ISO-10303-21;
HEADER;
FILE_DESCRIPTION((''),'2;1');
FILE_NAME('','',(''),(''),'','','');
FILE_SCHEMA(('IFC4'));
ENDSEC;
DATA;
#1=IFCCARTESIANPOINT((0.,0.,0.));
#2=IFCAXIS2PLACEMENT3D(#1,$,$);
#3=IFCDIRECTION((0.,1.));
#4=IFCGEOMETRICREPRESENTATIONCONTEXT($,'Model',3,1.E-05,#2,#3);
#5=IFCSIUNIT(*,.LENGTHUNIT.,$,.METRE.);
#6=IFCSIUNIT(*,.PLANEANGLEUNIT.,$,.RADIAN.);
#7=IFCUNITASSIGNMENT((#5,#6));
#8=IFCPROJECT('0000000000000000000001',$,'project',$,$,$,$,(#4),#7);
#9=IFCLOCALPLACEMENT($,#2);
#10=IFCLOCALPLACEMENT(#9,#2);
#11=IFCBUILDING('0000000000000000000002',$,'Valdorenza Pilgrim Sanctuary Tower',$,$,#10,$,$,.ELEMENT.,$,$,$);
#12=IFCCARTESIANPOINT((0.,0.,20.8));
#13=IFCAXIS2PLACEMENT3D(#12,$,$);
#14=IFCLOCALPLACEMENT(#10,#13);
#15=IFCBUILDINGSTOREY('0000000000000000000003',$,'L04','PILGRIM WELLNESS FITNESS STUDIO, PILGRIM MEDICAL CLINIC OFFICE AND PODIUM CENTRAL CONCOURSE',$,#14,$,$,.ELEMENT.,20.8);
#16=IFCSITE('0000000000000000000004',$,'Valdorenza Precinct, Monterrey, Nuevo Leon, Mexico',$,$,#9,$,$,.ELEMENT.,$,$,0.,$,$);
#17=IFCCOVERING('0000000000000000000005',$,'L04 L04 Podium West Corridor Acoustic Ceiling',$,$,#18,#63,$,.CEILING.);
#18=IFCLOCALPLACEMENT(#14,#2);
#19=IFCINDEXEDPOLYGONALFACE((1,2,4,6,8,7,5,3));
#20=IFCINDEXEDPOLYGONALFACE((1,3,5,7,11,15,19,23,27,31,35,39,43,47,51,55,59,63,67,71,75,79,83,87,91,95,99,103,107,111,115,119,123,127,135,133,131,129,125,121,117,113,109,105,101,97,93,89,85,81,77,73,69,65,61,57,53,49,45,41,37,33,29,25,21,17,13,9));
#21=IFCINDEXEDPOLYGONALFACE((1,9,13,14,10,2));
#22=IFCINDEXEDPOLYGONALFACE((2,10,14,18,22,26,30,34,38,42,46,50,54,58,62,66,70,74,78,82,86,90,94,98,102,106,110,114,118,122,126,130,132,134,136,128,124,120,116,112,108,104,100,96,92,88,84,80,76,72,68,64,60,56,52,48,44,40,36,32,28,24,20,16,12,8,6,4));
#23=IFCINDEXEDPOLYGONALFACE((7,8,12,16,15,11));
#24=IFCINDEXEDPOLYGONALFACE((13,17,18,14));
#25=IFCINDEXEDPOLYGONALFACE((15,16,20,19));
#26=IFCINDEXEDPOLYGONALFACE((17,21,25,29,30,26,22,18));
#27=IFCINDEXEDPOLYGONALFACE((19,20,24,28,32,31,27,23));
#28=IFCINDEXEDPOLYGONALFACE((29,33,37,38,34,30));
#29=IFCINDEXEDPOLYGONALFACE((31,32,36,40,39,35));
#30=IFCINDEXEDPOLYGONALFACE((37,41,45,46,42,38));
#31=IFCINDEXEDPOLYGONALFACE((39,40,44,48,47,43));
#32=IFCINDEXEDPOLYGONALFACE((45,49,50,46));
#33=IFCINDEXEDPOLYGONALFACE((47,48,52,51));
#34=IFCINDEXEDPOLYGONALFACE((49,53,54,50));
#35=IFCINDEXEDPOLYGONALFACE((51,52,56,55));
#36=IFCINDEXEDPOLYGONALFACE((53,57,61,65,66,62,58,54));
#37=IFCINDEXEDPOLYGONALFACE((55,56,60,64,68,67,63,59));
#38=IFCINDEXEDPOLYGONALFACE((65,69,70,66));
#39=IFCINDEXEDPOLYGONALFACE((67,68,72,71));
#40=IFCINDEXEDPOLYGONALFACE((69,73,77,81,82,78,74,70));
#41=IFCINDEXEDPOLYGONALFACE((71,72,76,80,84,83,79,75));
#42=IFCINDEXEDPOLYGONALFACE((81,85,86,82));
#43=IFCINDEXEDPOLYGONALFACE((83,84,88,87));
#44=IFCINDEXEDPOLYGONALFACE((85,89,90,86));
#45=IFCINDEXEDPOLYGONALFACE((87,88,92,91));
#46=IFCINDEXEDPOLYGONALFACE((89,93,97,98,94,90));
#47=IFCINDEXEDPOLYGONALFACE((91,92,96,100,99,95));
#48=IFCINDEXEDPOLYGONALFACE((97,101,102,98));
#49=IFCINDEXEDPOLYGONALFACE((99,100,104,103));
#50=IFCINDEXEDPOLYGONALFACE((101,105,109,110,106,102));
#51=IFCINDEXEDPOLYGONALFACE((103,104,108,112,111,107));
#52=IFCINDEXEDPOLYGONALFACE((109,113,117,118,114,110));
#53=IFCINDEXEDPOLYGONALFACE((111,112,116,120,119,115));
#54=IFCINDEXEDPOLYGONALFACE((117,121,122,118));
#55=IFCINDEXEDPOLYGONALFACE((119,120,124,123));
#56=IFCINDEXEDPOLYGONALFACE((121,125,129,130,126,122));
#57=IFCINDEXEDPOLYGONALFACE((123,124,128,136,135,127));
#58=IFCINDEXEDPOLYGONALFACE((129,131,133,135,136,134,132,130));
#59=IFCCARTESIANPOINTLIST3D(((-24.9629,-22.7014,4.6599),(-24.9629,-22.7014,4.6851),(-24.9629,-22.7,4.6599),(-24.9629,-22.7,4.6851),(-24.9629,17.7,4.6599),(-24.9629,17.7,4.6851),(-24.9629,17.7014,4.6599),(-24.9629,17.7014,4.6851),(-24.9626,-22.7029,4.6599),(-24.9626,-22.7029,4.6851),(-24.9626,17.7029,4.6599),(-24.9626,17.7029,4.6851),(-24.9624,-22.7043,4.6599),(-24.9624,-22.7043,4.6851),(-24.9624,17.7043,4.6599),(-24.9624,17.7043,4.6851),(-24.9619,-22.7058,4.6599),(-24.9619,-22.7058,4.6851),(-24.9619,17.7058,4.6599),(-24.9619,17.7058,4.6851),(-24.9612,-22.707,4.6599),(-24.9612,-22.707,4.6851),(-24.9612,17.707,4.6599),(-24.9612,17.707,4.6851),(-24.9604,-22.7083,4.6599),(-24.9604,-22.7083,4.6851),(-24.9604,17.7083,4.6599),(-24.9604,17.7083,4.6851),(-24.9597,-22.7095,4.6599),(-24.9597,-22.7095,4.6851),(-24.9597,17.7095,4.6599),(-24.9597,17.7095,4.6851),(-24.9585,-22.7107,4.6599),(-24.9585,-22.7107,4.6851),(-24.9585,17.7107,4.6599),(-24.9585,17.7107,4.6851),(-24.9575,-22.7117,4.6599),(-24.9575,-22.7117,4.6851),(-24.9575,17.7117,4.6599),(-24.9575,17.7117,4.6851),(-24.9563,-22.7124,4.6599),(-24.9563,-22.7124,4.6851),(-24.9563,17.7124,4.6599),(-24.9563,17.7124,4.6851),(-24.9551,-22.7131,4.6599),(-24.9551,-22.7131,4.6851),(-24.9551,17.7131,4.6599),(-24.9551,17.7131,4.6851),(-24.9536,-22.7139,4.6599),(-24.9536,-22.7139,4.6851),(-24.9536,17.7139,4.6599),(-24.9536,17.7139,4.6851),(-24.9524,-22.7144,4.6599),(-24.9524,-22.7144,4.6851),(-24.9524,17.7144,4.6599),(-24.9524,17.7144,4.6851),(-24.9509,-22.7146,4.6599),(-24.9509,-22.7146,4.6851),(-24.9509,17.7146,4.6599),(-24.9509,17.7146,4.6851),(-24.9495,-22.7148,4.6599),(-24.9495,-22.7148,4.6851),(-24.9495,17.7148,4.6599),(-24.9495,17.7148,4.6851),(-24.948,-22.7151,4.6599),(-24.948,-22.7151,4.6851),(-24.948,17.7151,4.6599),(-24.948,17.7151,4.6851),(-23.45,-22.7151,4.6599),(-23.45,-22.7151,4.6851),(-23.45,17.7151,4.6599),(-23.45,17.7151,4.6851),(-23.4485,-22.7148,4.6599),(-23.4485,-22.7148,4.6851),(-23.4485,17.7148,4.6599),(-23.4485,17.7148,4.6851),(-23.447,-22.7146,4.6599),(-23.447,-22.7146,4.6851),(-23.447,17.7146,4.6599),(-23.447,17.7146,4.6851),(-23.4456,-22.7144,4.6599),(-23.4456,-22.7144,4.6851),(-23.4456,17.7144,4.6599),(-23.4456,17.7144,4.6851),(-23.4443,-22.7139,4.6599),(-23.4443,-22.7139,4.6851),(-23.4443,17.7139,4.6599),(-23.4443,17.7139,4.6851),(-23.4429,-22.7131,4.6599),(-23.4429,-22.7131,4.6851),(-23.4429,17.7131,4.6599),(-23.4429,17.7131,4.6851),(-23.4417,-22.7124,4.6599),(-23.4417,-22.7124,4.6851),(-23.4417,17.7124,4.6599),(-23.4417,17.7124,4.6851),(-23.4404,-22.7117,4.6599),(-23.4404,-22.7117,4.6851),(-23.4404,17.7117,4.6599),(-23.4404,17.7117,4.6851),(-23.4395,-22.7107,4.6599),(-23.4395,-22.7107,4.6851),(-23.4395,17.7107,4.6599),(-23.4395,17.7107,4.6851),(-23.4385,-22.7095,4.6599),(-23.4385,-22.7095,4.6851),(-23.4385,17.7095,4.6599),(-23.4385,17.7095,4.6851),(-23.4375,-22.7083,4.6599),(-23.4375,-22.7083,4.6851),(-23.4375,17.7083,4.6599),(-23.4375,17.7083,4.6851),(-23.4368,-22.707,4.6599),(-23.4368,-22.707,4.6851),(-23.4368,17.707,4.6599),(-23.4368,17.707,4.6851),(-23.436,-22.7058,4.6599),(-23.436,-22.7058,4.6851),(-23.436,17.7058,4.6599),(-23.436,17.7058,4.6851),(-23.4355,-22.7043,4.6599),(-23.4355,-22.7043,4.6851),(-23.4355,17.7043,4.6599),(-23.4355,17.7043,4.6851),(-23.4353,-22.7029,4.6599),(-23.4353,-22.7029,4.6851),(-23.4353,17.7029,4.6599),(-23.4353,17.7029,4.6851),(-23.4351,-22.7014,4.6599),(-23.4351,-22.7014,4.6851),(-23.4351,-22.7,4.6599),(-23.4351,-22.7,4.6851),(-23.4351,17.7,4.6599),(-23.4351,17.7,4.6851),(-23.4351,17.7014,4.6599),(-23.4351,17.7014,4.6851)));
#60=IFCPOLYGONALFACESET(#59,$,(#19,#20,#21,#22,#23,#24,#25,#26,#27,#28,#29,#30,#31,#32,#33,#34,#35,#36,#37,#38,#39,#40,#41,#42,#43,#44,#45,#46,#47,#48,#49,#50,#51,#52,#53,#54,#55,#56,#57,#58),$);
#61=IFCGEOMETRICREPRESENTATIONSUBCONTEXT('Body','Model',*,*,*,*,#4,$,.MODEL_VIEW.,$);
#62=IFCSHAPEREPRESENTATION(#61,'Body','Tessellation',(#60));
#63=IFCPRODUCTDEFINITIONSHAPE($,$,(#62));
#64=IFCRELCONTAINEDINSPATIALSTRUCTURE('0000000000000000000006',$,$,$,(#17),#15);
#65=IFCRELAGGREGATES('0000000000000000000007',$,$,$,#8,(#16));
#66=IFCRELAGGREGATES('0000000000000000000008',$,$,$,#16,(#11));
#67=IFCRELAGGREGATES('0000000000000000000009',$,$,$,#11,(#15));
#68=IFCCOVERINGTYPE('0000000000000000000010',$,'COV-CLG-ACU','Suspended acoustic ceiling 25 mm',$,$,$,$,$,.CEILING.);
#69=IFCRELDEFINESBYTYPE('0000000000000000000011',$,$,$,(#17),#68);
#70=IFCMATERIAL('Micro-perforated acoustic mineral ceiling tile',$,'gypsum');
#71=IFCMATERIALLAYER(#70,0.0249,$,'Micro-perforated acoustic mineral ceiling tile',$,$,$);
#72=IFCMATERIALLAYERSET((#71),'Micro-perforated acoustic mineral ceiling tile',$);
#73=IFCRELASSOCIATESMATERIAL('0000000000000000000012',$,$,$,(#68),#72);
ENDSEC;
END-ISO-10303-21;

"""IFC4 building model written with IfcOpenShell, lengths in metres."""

from ifc_helpers import new_model, si_unit, direction, frame, origin, place, context, subcontext, project, spatial, polyline, outline, extrude, material, layer, layer_set, type_object, element, save


model = new_model("IFC4")

# Units and contexts
model_context = context("Model", 3, precision=1e-05, world=origin(), true_north=direction((0.0, 1.0)))
body_context = subcontext(model_context, "Body", "Model", "MODEL_VIEW")
ifc_project = project(units=[si_unit("LENGTHUNIT", "METRE"), si_unit("PLANEANGLEUNIT", "RADIAN")], contexts=[model_context])

# Site, building, storey
site_placement = place(None, origin())
site = spatial("IfcSite", under=ifc_project, at=site_placement, Name="Valdorenza Precinct, Monterrey, Nuevo Leon, Mexico", CompositionType="ELEMENT", RefElevation=0.0)
building_placement = place(site_placement, origin())
building = spatial("IfcBuilding", under=site, at=building_placement, Name="Valdorenza Pilgrim Sanctuary Tower", CompositionType="ELEMENT")
storey_placement = place(building_placement, frame((0.0, 0.0, 20.8)))
storey = spatial("IfcBuildingStorey", under=building, at=storey_placement, Name="L04", Description="PILGRIM WELLNESS FITNESS STUDIO, PILGRIM MEDICAL CLINIC OFFICE AND PODIUM CENTRAL CONCOURSE", CompositionType="ELEMENT", Elevation=20.8)

# Covering
ifc_material_1 = material(Name="Micro-perforated acoustic mineral ceiling tile", Category="gypsum")
ifc_layer_1 = layer(ifc_material_1, 0.0249, Name="Micro-perforated acoustic mineral ceiling tile")
ifc_layer_set_1 = layer_set([ifc_layer_1], Name="Micro-perforated acoustic mineral ceiling tile")
covering_type_1 = type_object("IfcCoveringType", Name="COV-CLG-ACU", Description="Suspended acoustic ceiling 25 mm", PredefinedType="CEILING", material=ifc_layer_set_1)
covering_1_placement = place(storey_placement, frame((0.0, 0.0, 4.6599)))
element("IfcCovering", 1, at=covering_1_placement, inside=storey, type_object=covering_type_1, Name="L04 L04 Podium West Corridor Acoustic Ceiling", PredefinedType="CEILING", context=body_context, shape_type="SweptSolid", body=[
    extrude(outline(polyline([(-23.45, 17.7151), (-23.4485, 17.7148), (-23.447, 17.7146), (-23.4456, 17.7144), (-23.4443, 17.7139), (-23.4429, 17.7131), (-23.4417, 17.7124), (-23.4404, 17.7117), (-23.4395, 17.7107), (-23.4385, 17.7095), (-23.4375, 17.7083), (-23.4368, 17.707), (-23.436, 17.7058), (-23.4355, 17.7043), (-23.4353, 17.7029), (-23.4351, 17.7014), (-23.4351, 17.7), (-23.4351, -22.7), (-23.4351, -22.7014), (-23.4353, -22.7029), (-23.4355, -22.7043), (-23.436, -22.7058), (-23.4368, -22.707), (-23.4375, -22.7083), (-23.4385, -22.7095), (-23.4395, -22.7107), (-23.4404, -22.7117), (-23.4417, -22.7124), (-23.4429, -22.7131), (-23.4443, -22.7139), (-23.4456, -22.7144), (-23.447, -22.7146), (-23.4485, -22.7148), (-23.45, -22.7151), (-24.948, -22.7151), (-24.9495, -22.7148), (-24.9509, -22.7146), (-24.9524, -22.7144), (-24.9536, -22.7139), (-24.9551, -22.7131), (-24.9563, -22.7124), (-24.9575, -22.7117), (-24.9585, -22.7107), (-24.9597, -22.7095), (-24.9604, -22.7083), (-24.9612, -22.707), (-24.9619, -22.7058), (-24.9624, -22.7043), (-24.9626, -22.7029), (-24.9629, -22.7014), (-24.9629, -22.7), (-24.9629, 17.7), (-24.9629, 17.7014), (-24.9626, 17.7029), (-24.9624, 17.7043), (-24.9619, 17.7058), (-24.9612, 17.707), (-24.9604, 17.7083), (-24.9597, 17.7095), (-24.9585, 17.7107), (-24.9575, 17.7117), (-24.9563, 17.7124), (-24.9551, 17.7131), (-24.9536, 17.7139), (-24.9524, 17.7144), (-24.9509, 17.7146), (-24.9495, 17.7148), (-24.948, 17.7151), (-23.45, 17.7151)])), origin(), (0.0, 0.0, 1.0), 0.0251),
])

save(model, "model.ifc")
